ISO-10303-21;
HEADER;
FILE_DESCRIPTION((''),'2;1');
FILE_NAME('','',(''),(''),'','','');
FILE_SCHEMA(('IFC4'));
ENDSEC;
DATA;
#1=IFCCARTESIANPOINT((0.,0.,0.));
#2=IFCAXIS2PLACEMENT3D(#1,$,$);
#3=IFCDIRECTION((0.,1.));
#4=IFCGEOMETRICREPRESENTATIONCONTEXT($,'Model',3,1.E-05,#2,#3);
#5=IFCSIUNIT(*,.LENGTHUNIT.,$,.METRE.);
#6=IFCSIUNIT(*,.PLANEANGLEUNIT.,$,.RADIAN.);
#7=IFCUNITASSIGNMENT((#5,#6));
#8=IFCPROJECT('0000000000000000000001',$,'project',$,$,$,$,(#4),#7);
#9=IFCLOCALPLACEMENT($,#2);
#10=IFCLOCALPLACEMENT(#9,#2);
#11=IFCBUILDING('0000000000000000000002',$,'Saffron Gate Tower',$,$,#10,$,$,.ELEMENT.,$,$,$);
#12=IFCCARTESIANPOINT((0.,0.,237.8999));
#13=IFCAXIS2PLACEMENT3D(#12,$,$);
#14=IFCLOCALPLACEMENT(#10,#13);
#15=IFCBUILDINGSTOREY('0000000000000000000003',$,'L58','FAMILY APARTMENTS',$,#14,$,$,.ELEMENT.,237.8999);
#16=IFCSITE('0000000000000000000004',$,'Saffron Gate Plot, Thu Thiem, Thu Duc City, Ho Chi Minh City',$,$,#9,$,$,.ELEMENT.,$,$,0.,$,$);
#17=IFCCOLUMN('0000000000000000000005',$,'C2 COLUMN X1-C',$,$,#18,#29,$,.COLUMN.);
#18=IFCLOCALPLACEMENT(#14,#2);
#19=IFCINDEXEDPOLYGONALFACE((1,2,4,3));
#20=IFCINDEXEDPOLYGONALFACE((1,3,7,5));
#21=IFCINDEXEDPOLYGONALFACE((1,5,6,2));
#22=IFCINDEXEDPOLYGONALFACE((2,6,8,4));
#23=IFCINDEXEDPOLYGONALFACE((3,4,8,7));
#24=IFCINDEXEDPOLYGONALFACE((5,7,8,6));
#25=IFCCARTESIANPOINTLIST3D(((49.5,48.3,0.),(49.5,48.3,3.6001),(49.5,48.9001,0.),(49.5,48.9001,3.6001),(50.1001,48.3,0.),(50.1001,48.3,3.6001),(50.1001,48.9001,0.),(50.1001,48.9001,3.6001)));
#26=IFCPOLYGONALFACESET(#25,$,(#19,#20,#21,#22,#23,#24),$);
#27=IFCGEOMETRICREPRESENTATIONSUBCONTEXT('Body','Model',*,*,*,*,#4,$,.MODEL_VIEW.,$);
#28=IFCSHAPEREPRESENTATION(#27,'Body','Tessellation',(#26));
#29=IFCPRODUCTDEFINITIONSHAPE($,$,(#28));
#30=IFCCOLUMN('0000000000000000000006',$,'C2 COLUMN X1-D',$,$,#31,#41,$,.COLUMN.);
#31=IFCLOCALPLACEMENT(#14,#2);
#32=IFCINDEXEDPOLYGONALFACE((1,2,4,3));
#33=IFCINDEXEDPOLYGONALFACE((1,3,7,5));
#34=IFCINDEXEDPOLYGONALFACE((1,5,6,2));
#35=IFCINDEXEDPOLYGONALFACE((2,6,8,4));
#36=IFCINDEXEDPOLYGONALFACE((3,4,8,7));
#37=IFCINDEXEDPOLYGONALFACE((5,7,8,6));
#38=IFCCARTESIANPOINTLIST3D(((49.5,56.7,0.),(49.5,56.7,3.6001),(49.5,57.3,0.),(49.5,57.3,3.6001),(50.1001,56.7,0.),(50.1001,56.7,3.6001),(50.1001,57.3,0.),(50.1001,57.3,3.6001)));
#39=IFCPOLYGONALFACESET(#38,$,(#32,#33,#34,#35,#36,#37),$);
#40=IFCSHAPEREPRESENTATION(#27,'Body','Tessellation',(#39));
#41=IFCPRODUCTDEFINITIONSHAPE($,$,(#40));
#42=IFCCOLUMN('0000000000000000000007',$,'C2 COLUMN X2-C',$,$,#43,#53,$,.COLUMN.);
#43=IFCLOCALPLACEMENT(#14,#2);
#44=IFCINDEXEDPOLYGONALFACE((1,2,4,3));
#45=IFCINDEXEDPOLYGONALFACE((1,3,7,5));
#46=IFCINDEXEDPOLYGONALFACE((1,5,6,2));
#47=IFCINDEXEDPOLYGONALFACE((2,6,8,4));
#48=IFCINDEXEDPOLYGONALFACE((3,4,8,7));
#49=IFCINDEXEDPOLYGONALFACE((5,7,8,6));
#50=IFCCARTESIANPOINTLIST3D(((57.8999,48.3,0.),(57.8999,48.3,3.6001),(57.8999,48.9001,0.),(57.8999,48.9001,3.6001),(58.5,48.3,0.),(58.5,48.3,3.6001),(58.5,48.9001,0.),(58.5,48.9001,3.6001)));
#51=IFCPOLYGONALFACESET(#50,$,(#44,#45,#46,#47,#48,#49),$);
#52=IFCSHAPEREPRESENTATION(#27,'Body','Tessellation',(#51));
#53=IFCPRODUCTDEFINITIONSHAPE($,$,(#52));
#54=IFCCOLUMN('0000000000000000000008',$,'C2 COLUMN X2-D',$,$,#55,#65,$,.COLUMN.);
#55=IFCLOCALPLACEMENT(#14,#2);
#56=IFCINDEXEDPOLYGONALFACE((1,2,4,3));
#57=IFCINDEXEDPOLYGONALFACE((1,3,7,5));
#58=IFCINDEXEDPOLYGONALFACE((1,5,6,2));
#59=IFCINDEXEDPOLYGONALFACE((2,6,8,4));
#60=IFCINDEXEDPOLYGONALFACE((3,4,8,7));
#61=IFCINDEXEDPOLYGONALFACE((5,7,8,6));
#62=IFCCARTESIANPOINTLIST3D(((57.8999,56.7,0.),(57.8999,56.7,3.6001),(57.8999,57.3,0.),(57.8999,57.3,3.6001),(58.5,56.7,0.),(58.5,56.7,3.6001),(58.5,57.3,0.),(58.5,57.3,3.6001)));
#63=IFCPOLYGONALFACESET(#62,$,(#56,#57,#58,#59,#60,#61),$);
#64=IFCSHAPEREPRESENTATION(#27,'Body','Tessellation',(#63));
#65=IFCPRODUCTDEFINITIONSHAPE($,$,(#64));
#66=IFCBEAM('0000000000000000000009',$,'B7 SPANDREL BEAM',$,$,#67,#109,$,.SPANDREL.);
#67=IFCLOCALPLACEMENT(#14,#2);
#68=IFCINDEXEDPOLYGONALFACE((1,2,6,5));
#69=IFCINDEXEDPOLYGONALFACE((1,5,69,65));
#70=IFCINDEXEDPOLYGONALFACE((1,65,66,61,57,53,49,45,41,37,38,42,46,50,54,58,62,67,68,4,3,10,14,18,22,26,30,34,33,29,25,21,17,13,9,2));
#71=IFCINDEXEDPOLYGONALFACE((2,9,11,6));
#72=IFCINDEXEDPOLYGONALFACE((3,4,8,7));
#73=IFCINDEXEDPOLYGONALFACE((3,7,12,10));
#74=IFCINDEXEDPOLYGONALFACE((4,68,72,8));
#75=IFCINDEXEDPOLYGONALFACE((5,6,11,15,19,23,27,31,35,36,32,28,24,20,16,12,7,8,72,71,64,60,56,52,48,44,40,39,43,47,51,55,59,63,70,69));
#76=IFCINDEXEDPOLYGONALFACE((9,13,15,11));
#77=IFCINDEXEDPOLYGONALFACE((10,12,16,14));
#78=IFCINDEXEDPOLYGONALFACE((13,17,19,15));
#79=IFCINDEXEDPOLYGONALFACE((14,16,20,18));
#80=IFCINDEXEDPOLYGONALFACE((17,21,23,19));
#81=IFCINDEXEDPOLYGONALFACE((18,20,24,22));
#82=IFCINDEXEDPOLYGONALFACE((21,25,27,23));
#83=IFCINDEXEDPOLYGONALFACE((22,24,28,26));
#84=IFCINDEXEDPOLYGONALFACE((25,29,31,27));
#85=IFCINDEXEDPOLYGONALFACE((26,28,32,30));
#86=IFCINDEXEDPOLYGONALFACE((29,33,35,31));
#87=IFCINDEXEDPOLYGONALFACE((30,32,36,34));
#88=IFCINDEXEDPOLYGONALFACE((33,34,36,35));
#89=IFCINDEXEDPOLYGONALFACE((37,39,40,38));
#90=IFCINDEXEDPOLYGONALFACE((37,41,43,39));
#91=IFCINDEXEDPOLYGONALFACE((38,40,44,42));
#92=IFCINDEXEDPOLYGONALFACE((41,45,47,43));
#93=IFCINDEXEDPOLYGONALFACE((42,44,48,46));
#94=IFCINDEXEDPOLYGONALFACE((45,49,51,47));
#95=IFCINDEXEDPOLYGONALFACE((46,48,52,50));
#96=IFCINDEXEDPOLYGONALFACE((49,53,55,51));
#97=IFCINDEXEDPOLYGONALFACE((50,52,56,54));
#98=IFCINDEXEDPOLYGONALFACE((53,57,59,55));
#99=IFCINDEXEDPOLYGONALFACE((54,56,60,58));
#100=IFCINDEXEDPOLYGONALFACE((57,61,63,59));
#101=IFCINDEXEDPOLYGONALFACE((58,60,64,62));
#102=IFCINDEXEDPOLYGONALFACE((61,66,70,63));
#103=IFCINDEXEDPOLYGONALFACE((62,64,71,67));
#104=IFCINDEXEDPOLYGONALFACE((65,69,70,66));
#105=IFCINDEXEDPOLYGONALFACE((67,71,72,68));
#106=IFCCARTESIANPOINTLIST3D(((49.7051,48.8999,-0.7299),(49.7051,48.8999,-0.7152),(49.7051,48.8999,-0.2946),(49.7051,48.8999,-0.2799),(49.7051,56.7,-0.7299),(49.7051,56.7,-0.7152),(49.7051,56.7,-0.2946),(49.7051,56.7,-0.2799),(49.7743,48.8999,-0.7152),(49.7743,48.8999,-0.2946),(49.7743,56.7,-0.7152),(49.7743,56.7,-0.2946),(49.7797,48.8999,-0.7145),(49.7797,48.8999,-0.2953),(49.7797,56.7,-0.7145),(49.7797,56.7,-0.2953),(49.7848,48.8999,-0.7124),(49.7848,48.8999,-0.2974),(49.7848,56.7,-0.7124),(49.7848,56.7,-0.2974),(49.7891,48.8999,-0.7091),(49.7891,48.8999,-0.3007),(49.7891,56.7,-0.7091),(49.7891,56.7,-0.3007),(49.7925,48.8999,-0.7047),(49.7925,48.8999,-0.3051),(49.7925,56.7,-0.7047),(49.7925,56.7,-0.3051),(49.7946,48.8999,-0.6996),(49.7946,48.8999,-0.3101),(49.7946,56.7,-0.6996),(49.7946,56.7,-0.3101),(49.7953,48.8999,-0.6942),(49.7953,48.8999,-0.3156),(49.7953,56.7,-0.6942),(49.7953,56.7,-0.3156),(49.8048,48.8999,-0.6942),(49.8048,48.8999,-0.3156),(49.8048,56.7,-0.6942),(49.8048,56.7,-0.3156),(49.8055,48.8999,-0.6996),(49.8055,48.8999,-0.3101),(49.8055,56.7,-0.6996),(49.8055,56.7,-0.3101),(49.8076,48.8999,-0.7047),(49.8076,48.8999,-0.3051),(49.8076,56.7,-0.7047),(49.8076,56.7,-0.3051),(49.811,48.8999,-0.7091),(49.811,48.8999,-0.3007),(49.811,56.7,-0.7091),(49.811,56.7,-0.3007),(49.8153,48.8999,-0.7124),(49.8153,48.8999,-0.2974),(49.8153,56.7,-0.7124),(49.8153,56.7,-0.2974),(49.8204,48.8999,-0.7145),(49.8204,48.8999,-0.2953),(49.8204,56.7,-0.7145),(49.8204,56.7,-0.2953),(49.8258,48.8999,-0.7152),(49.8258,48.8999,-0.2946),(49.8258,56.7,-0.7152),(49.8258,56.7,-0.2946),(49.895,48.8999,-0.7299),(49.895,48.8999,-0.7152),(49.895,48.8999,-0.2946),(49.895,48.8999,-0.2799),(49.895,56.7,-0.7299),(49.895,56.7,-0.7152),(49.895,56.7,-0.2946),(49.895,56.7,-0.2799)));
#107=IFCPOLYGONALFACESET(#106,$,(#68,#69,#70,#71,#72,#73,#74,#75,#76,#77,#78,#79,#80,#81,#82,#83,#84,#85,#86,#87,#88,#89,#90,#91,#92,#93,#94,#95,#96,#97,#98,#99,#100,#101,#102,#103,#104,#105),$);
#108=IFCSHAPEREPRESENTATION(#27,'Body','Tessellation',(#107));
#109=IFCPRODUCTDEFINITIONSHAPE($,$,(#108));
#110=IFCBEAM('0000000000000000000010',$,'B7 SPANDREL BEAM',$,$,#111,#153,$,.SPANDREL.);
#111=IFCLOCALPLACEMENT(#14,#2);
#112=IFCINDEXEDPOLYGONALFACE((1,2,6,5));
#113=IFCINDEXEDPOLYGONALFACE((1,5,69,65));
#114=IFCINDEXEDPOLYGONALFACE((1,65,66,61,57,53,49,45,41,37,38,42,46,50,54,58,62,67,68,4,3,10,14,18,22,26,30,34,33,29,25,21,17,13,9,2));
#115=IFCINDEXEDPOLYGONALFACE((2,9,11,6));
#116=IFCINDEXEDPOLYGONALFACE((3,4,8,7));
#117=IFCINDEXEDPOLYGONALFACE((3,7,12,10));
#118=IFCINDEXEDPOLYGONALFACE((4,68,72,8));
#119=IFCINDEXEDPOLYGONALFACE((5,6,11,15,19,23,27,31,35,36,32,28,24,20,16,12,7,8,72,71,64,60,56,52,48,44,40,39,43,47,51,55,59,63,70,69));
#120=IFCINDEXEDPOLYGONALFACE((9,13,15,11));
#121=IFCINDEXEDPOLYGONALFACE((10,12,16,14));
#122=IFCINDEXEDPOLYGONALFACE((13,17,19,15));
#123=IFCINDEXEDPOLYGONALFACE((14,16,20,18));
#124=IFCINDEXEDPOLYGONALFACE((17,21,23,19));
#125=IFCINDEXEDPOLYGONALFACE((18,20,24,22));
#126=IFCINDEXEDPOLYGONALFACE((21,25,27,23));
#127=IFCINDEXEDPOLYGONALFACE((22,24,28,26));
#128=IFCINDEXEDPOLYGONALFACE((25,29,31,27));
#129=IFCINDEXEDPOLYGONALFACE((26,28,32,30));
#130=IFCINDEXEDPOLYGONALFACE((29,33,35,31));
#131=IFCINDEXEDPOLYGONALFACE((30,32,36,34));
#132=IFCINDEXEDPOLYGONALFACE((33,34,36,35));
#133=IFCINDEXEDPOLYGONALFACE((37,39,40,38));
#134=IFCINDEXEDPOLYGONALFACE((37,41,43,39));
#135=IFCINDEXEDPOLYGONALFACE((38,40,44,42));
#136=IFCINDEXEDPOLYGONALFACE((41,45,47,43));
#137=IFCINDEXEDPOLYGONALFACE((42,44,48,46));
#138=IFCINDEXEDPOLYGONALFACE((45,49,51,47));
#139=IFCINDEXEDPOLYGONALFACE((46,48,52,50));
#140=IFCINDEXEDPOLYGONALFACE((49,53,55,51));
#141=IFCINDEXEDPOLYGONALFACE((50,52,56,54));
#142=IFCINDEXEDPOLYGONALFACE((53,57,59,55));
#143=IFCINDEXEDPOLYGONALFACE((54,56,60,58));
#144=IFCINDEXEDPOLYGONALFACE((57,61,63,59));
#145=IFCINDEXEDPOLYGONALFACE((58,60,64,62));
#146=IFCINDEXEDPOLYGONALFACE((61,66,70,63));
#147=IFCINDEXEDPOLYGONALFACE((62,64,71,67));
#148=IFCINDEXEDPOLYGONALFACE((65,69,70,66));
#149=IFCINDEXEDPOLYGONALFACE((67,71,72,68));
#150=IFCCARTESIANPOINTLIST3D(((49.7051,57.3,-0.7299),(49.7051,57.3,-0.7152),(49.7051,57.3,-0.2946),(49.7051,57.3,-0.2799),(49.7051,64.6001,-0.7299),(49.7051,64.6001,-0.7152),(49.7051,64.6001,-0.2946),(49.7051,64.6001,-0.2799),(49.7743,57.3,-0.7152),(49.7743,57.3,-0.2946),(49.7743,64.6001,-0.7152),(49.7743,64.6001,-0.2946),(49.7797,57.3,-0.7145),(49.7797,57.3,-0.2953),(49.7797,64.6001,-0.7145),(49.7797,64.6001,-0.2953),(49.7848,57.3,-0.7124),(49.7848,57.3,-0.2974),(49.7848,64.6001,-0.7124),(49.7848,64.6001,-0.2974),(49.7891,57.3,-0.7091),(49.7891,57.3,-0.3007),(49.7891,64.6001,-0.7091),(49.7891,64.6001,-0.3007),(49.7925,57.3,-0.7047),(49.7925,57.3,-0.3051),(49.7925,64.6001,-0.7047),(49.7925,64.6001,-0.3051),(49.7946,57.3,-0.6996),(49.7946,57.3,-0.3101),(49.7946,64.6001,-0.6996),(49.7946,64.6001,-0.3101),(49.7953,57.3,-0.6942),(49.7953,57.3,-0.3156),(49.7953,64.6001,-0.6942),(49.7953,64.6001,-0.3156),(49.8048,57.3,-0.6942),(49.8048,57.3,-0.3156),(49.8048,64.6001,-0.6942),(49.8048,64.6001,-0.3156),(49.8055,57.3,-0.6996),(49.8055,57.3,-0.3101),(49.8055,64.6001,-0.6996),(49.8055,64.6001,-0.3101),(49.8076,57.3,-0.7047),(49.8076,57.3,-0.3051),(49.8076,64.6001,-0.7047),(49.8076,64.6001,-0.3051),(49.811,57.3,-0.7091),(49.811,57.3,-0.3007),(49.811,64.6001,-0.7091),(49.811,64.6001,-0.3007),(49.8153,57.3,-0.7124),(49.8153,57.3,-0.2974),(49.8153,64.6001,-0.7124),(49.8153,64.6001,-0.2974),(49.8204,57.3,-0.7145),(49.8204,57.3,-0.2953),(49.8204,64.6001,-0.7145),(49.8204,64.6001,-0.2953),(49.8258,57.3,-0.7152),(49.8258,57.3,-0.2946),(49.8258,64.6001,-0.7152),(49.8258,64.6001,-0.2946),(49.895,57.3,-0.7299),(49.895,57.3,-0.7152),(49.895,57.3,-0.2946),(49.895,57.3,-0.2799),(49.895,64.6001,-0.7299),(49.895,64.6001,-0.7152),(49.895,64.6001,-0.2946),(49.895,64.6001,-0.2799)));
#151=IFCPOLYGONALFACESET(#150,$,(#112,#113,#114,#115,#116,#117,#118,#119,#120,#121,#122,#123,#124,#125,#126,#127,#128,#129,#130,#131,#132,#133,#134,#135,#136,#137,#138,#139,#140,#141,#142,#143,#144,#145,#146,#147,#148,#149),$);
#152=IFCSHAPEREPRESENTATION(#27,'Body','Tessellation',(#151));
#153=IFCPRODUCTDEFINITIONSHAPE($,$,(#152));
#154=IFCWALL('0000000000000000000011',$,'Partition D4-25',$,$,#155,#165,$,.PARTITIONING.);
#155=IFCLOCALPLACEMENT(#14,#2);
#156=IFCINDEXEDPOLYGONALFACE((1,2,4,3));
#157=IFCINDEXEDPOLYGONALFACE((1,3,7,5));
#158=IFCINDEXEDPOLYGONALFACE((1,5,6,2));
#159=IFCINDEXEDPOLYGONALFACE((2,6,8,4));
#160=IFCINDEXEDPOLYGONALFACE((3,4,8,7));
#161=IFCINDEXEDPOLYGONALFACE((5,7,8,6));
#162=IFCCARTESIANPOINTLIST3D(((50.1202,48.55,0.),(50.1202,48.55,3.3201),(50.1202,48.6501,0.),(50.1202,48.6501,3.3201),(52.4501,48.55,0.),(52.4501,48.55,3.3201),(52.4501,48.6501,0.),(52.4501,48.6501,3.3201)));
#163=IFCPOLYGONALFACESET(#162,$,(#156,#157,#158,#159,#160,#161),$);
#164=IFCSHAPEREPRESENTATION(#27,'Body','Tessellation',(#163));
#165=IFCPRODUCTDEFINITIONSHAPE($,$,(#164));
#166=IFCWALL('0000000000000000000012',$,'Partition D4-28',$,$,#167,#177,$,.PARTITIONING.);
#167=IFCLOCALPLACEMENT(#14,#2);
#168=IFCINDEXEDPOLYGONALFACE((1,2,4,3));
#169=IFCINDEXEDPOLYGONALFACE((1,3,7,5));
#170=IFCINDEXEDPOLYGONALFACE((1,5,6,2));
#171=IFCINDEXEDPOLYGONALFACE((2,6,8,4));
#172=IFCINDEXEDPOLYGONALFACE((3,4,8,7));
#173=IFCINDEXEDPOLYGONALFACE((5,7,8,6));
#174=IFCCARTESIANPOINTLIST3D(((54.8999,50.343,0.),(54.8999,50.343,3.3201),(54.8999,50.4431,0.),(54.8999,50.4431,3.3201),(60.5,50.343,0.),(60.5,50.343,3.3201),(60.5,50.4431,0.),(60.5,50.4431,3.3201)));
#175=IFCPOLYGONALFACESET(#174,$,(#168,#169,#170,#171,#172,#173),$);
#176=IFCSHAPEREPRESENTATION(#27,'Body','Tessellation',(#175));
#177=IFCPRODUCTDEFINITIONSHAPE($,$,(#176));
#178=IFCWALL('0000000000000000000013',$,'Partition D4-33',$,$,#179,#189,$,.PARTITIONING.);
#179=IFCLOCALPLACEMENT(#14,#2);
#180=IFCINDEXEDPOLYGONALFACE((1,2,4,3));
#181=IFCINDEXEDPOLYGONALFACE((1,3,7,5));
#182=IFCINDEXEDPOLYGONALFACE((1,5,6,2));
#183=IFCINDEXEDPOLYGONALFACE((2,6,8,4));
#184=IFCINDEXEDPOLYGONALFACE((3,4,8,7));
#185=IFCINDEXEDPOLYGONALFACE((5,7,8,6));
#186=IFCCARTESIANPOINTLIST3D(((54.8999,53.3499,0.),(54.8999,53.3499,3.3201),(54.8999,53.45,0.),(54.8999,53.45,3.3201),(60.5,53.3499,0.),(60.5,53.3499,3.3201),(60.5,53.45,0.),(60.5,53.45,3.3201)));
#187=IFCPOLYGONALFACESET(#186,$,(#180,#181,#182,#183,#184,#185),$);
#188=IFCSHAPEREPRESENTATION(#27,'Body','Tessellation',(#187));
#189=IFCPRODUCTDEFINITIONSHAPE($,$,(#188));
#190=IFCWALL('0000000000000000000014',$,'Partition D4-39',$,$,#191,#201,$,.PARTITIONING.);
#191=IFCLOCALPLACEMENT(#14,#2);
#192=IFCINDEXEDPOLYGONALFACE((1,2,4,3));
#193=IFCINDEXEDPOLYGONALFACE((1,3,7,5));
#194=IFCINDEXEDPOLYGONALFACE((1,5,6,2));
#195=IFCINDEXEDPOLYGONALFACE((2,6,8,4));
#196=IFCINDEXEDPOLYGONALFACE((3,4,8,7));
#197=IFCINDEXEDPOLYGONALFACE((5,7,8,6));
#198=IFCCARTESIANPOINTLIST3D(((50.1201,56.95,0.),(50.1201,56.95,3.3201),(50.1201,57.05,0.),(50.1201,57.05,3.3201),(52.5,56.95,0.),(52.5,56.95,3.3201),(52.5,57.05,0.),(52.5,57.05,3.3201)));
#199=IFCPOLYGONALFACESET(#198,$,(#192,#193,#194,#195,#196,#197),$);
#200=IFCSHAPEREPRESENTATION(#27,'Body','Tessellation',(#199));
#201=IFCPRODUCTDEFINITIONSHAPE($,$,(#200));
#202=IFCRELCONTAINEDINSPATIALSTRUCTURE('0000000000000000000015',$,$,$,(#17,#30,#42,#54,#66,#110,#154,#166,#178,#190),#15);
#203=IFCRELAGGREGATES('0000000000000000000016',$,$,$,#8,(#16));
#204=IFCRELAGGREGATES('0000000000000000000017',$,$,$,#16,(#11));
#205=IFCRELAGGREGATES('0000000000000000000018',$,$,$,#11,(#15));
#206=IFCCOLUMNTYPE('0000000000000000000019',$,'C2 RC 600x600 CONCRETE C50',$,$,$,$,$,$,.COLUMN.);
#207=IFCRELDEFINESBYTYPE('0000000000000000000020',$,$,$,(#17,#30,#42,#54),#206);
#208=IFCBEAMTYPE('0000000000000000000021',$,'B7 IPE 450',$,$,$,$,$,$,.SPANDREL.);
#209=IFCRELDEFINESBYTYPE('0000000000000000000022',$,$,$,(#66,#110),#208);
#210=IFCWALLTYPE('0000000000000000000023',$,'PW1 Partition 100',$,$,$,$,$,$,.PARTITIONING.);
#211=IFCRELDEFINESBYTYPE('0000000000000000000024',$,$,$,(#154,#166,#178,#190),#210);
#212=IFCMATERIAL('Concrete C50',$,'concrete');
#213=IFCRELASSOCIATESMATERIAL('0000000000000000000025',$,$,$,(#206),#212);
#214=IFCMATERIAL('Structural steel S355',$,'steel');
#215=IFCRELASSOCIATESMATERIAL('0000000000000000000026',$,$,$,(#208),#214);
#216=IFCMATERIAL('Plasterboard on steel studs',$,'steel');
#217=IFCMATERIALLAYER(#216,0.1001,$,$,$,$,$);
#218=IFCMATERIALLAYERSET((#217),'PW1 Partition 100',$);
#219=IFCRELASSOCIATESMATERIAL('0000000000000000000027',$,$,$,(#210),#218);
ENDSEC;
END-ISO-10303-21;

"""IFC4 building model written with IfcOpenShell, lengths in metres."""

from ifc_helpers import new_model, si_unit, direction, frame, frame_2d, origin, origin_2d, place, context, subcontext, project, spatial, rectangle, i_section, extrude, material, layer, layer_set, material_profile, profile_set, type_object, element, save


model = new_model("IFC4")

# Units and contexts
model_context = context("Model", 3, precision=1e-05, world=origin(), true_north=direction((0.0, 1.0)))
body_context = subcontext(model_context, "Body", "Model", "MODEL_VIEW")
ifc_project = project(units=[si_unit("LENGTHUNIT", "METRE"), si_unit("PLANEANGLEUNIT", "RADIAN")], contexts=[model_context])

# Site, building, storey
site_placement = place(None, origin())
site = spatial("IfcSite", under=ifc_project, at=site_placement, Name="Saffron Gate Plot, Thu Thiem, Thu Duc City, Ho Chi Minh City", CompositionType="ELEMENT", RefElevation=0.0)
building_placement = place(site_placement, origin())
building = spatial("IfcBuilding", under=site, at=building_placement, Name="Saffron Gate Tower", CompositionType="ELEMENT")
storey_placement = place(building_placement, frame((0.0, 0.0, 237.8999)))
storey = spatial("IfcBuildingStorey", under=building, at=storey_placement, Name="L58", Description="FAMILY APARTMENTS", CompositionType="ELEMENT", Elevation=237.8999)

# Columns
ifc_material_1 = material(Name="Concrete C50", Category="concrete")
ifc_material_profile_1 = material_profile(ifc_material_1, rectangle(XDim=0.6001, YDim=0.6001, at=origin_2d()))
ifc_profile_set_1 = profile_set([ifc_material_profile_1], Name="Concrete C50")
column_type = type_object("IfcColumnType", Name="C2 RC 600x600 CONCRETE C50", PredefinedType="COLUMN", material=ifc_profile_set_1)
for number, where, z_axis, x_axis, name in (
    (1, (49.8, 48.6001, 0.0), (0.0, 0.0, 1.0), (1.0, 0.0, 0.0), "C2 COLUMN X1-C"),
    (2, (49.8, 57.0, 0.0), (0.0, 0.0, 1.0), (1.0, 0.0, 0.0), "C2 COLUMN X1-D"),
    (3, (58.2, 48.6001, 0.0), (0.0, 0.0, 1.0), (1.0, 0.0, 0.0), "C2 COLUMN X2-C"),
    (4, (58.2, 57.0, 0.0), (0.0, 0.0, 1.0), (1.0, 0.0, 0.0), "C2 COLUMN X2-D"),
):
    element("IfcColumn", number, at=place(storey_placement, frame(where, z_axis=z_axis, x_axis=x_axis)), inside=storey, type_object=column_type, Name=name, PredefinedType="COLUMN", context=body_context, shape_type="SweptSolid", body=[
        extrude(rectangle(XDim=0.6001, YDim=0.6001, at=origin_2d()), origin(), (0.0, 0.0, 1.0), 3.6001),
    ])

# Beams
ifc_material_2 = material(Name="Structural steel S355", Category="steel")
ifc_material_profile_2 = material_profile(ifc_material_2, i_section(OverallWidth=0.1899, OverallDepth=0.45, WebThickness=0.0095, FlangeThickness=0.0146, FilletRadius=0.021, at=origin_2d()))
ifc_profile_set_2 = profile_set([ifc_material_profile_2], Name="Structural steel S355")
beam_type = type_object("IfcBeamType", Name="B7 IPE 450", PredefinedType="SPANDREL", material=ifc_profile_set_2)
beam_1_placement = place(storey_placement, frame((49.8, 48.8999, -0.5049), z_axis=(0.0, 1.0, 0.0), x_axis=(-1.0, 0.0, 0.0)))
element("IfcBeam", 5, at=beam_1_placement, inside=storey, type_object=beam_type, Name="B7 SPANDREL BEAM", PredefinedType="SPANDREL", context=body_context, shape_type="SweptSolid", body=[
    extrude(i_section(OverallWidth=0.1899, OverallDepth=0.45, WebThickness=0.0095, FlangeThickness=0.0146, FilletRadius=0.021, at=origin_2d()), origin(), (0.0, 0.0, 1.0), 7.8),
])
beam_2_placement = place(storey_placement, frame((49.8, 57.3, -0.5049), z_axis=(0.0, 1.0, 0.0), x_axis=(-1.0, 0.0, 0.0)))
element("IfcBeam", 6, at=beam_2_placement, inside=storey, type_object=beam_type, Name="B7 SPANDREL BEAM", PredefinedType="SPANDREL", context=body_context, shape_type="SweptSolid", body=[
    extrude(i_section(OverallWidth=0.1899, OverallDepth=0.45, WebThickness=0.0095, FlangeThickness=0.0146, FilletRadius=0.021, at=origin_2d()), origin(), (0.0, 0.0, 1.0), 7.3),
])

# Walls
ifc_material_3 = material(Name="Plasterboard on steel studs", Category="steel")
ifc_layer = layer(ifc_material_3, 0.1001)
ifc_layer_set = layer_set([ifc_layer], Name="PW1 Partition 100")
wall_type = type_object("IfcWallType", Name="PW1 Partition 100", PredefinedType="PARTITIONING", material=ifc_layer_set)
wall_1_placement = place(storey_placement, frame((50.1201, 48.6001, 0.0), z_axis=(0.0, 0.0, 1.0), x_axis=(1.0, 0.0, 0.0)))
element("IfcWall", 7, at=wall_1_placement, inside=storey, type_object=wall_type, Name="Partition D4-25", PredefinedType="PARTITIONING", context=body_context, shape_type="SweptSolid", body=[
    extrude(rectangle(XDim=2.3298, YDim=0.1001, at=frame_2d((1.165, 0.0))), origin(), (0.0, 0.0, 1.0), 3.3201),
])
for number, where, z_axis, x_axis, name in (
    (8, (54.8999, 50.3931, 0.0), (0.0, 0.0, 1.0), (1.0, 0.0, 0.0), "Partition D4-28"),
    (9, (54.8999, 53.3999, 0.0), (0.0, 0.0, 1.0), (1.0, 0.0, 0.0), "Partition D4-33"),
):
    element("IfcWall", number, at=place(storey_placement, frame(where, z_axis=z_axis, x_axis=x_axis)), inside=storey, type_object=wall_type, Name=name, PredefinedType="PARTITIONING", context=body_context, shape_type="SweptSolid", body=[
        extrude(rectangle(XDim=5.6001, YDim=0.1001, at=frame_2d((2.8, 0.0))), origin(), (0.0, 0.0, 1.0), 3.3201),
    ])
wall_2_placement = place(storey_placement, frame((50.1201, 57.0, 0.0), z_axis=(0.0, 0.0, 1.0), x_axis=(1.0, 0.0, 0.0)))
element("IfcWall", 10, at=wall_2_placement, inside=storey, type_object=wall_type, Name="Partition D4-39", PredefinedType="PARTITIONING", context=body_context, shape_type="SweptSolid", body=[
    extrude(rectangle(XDim=2.3799, YDim=0.1001, at=frame_2d((1.1899, 0.0))), origin(), (0.0, 0.0, 1.0), 3.3201),
])

save(model, "model.ifc")
